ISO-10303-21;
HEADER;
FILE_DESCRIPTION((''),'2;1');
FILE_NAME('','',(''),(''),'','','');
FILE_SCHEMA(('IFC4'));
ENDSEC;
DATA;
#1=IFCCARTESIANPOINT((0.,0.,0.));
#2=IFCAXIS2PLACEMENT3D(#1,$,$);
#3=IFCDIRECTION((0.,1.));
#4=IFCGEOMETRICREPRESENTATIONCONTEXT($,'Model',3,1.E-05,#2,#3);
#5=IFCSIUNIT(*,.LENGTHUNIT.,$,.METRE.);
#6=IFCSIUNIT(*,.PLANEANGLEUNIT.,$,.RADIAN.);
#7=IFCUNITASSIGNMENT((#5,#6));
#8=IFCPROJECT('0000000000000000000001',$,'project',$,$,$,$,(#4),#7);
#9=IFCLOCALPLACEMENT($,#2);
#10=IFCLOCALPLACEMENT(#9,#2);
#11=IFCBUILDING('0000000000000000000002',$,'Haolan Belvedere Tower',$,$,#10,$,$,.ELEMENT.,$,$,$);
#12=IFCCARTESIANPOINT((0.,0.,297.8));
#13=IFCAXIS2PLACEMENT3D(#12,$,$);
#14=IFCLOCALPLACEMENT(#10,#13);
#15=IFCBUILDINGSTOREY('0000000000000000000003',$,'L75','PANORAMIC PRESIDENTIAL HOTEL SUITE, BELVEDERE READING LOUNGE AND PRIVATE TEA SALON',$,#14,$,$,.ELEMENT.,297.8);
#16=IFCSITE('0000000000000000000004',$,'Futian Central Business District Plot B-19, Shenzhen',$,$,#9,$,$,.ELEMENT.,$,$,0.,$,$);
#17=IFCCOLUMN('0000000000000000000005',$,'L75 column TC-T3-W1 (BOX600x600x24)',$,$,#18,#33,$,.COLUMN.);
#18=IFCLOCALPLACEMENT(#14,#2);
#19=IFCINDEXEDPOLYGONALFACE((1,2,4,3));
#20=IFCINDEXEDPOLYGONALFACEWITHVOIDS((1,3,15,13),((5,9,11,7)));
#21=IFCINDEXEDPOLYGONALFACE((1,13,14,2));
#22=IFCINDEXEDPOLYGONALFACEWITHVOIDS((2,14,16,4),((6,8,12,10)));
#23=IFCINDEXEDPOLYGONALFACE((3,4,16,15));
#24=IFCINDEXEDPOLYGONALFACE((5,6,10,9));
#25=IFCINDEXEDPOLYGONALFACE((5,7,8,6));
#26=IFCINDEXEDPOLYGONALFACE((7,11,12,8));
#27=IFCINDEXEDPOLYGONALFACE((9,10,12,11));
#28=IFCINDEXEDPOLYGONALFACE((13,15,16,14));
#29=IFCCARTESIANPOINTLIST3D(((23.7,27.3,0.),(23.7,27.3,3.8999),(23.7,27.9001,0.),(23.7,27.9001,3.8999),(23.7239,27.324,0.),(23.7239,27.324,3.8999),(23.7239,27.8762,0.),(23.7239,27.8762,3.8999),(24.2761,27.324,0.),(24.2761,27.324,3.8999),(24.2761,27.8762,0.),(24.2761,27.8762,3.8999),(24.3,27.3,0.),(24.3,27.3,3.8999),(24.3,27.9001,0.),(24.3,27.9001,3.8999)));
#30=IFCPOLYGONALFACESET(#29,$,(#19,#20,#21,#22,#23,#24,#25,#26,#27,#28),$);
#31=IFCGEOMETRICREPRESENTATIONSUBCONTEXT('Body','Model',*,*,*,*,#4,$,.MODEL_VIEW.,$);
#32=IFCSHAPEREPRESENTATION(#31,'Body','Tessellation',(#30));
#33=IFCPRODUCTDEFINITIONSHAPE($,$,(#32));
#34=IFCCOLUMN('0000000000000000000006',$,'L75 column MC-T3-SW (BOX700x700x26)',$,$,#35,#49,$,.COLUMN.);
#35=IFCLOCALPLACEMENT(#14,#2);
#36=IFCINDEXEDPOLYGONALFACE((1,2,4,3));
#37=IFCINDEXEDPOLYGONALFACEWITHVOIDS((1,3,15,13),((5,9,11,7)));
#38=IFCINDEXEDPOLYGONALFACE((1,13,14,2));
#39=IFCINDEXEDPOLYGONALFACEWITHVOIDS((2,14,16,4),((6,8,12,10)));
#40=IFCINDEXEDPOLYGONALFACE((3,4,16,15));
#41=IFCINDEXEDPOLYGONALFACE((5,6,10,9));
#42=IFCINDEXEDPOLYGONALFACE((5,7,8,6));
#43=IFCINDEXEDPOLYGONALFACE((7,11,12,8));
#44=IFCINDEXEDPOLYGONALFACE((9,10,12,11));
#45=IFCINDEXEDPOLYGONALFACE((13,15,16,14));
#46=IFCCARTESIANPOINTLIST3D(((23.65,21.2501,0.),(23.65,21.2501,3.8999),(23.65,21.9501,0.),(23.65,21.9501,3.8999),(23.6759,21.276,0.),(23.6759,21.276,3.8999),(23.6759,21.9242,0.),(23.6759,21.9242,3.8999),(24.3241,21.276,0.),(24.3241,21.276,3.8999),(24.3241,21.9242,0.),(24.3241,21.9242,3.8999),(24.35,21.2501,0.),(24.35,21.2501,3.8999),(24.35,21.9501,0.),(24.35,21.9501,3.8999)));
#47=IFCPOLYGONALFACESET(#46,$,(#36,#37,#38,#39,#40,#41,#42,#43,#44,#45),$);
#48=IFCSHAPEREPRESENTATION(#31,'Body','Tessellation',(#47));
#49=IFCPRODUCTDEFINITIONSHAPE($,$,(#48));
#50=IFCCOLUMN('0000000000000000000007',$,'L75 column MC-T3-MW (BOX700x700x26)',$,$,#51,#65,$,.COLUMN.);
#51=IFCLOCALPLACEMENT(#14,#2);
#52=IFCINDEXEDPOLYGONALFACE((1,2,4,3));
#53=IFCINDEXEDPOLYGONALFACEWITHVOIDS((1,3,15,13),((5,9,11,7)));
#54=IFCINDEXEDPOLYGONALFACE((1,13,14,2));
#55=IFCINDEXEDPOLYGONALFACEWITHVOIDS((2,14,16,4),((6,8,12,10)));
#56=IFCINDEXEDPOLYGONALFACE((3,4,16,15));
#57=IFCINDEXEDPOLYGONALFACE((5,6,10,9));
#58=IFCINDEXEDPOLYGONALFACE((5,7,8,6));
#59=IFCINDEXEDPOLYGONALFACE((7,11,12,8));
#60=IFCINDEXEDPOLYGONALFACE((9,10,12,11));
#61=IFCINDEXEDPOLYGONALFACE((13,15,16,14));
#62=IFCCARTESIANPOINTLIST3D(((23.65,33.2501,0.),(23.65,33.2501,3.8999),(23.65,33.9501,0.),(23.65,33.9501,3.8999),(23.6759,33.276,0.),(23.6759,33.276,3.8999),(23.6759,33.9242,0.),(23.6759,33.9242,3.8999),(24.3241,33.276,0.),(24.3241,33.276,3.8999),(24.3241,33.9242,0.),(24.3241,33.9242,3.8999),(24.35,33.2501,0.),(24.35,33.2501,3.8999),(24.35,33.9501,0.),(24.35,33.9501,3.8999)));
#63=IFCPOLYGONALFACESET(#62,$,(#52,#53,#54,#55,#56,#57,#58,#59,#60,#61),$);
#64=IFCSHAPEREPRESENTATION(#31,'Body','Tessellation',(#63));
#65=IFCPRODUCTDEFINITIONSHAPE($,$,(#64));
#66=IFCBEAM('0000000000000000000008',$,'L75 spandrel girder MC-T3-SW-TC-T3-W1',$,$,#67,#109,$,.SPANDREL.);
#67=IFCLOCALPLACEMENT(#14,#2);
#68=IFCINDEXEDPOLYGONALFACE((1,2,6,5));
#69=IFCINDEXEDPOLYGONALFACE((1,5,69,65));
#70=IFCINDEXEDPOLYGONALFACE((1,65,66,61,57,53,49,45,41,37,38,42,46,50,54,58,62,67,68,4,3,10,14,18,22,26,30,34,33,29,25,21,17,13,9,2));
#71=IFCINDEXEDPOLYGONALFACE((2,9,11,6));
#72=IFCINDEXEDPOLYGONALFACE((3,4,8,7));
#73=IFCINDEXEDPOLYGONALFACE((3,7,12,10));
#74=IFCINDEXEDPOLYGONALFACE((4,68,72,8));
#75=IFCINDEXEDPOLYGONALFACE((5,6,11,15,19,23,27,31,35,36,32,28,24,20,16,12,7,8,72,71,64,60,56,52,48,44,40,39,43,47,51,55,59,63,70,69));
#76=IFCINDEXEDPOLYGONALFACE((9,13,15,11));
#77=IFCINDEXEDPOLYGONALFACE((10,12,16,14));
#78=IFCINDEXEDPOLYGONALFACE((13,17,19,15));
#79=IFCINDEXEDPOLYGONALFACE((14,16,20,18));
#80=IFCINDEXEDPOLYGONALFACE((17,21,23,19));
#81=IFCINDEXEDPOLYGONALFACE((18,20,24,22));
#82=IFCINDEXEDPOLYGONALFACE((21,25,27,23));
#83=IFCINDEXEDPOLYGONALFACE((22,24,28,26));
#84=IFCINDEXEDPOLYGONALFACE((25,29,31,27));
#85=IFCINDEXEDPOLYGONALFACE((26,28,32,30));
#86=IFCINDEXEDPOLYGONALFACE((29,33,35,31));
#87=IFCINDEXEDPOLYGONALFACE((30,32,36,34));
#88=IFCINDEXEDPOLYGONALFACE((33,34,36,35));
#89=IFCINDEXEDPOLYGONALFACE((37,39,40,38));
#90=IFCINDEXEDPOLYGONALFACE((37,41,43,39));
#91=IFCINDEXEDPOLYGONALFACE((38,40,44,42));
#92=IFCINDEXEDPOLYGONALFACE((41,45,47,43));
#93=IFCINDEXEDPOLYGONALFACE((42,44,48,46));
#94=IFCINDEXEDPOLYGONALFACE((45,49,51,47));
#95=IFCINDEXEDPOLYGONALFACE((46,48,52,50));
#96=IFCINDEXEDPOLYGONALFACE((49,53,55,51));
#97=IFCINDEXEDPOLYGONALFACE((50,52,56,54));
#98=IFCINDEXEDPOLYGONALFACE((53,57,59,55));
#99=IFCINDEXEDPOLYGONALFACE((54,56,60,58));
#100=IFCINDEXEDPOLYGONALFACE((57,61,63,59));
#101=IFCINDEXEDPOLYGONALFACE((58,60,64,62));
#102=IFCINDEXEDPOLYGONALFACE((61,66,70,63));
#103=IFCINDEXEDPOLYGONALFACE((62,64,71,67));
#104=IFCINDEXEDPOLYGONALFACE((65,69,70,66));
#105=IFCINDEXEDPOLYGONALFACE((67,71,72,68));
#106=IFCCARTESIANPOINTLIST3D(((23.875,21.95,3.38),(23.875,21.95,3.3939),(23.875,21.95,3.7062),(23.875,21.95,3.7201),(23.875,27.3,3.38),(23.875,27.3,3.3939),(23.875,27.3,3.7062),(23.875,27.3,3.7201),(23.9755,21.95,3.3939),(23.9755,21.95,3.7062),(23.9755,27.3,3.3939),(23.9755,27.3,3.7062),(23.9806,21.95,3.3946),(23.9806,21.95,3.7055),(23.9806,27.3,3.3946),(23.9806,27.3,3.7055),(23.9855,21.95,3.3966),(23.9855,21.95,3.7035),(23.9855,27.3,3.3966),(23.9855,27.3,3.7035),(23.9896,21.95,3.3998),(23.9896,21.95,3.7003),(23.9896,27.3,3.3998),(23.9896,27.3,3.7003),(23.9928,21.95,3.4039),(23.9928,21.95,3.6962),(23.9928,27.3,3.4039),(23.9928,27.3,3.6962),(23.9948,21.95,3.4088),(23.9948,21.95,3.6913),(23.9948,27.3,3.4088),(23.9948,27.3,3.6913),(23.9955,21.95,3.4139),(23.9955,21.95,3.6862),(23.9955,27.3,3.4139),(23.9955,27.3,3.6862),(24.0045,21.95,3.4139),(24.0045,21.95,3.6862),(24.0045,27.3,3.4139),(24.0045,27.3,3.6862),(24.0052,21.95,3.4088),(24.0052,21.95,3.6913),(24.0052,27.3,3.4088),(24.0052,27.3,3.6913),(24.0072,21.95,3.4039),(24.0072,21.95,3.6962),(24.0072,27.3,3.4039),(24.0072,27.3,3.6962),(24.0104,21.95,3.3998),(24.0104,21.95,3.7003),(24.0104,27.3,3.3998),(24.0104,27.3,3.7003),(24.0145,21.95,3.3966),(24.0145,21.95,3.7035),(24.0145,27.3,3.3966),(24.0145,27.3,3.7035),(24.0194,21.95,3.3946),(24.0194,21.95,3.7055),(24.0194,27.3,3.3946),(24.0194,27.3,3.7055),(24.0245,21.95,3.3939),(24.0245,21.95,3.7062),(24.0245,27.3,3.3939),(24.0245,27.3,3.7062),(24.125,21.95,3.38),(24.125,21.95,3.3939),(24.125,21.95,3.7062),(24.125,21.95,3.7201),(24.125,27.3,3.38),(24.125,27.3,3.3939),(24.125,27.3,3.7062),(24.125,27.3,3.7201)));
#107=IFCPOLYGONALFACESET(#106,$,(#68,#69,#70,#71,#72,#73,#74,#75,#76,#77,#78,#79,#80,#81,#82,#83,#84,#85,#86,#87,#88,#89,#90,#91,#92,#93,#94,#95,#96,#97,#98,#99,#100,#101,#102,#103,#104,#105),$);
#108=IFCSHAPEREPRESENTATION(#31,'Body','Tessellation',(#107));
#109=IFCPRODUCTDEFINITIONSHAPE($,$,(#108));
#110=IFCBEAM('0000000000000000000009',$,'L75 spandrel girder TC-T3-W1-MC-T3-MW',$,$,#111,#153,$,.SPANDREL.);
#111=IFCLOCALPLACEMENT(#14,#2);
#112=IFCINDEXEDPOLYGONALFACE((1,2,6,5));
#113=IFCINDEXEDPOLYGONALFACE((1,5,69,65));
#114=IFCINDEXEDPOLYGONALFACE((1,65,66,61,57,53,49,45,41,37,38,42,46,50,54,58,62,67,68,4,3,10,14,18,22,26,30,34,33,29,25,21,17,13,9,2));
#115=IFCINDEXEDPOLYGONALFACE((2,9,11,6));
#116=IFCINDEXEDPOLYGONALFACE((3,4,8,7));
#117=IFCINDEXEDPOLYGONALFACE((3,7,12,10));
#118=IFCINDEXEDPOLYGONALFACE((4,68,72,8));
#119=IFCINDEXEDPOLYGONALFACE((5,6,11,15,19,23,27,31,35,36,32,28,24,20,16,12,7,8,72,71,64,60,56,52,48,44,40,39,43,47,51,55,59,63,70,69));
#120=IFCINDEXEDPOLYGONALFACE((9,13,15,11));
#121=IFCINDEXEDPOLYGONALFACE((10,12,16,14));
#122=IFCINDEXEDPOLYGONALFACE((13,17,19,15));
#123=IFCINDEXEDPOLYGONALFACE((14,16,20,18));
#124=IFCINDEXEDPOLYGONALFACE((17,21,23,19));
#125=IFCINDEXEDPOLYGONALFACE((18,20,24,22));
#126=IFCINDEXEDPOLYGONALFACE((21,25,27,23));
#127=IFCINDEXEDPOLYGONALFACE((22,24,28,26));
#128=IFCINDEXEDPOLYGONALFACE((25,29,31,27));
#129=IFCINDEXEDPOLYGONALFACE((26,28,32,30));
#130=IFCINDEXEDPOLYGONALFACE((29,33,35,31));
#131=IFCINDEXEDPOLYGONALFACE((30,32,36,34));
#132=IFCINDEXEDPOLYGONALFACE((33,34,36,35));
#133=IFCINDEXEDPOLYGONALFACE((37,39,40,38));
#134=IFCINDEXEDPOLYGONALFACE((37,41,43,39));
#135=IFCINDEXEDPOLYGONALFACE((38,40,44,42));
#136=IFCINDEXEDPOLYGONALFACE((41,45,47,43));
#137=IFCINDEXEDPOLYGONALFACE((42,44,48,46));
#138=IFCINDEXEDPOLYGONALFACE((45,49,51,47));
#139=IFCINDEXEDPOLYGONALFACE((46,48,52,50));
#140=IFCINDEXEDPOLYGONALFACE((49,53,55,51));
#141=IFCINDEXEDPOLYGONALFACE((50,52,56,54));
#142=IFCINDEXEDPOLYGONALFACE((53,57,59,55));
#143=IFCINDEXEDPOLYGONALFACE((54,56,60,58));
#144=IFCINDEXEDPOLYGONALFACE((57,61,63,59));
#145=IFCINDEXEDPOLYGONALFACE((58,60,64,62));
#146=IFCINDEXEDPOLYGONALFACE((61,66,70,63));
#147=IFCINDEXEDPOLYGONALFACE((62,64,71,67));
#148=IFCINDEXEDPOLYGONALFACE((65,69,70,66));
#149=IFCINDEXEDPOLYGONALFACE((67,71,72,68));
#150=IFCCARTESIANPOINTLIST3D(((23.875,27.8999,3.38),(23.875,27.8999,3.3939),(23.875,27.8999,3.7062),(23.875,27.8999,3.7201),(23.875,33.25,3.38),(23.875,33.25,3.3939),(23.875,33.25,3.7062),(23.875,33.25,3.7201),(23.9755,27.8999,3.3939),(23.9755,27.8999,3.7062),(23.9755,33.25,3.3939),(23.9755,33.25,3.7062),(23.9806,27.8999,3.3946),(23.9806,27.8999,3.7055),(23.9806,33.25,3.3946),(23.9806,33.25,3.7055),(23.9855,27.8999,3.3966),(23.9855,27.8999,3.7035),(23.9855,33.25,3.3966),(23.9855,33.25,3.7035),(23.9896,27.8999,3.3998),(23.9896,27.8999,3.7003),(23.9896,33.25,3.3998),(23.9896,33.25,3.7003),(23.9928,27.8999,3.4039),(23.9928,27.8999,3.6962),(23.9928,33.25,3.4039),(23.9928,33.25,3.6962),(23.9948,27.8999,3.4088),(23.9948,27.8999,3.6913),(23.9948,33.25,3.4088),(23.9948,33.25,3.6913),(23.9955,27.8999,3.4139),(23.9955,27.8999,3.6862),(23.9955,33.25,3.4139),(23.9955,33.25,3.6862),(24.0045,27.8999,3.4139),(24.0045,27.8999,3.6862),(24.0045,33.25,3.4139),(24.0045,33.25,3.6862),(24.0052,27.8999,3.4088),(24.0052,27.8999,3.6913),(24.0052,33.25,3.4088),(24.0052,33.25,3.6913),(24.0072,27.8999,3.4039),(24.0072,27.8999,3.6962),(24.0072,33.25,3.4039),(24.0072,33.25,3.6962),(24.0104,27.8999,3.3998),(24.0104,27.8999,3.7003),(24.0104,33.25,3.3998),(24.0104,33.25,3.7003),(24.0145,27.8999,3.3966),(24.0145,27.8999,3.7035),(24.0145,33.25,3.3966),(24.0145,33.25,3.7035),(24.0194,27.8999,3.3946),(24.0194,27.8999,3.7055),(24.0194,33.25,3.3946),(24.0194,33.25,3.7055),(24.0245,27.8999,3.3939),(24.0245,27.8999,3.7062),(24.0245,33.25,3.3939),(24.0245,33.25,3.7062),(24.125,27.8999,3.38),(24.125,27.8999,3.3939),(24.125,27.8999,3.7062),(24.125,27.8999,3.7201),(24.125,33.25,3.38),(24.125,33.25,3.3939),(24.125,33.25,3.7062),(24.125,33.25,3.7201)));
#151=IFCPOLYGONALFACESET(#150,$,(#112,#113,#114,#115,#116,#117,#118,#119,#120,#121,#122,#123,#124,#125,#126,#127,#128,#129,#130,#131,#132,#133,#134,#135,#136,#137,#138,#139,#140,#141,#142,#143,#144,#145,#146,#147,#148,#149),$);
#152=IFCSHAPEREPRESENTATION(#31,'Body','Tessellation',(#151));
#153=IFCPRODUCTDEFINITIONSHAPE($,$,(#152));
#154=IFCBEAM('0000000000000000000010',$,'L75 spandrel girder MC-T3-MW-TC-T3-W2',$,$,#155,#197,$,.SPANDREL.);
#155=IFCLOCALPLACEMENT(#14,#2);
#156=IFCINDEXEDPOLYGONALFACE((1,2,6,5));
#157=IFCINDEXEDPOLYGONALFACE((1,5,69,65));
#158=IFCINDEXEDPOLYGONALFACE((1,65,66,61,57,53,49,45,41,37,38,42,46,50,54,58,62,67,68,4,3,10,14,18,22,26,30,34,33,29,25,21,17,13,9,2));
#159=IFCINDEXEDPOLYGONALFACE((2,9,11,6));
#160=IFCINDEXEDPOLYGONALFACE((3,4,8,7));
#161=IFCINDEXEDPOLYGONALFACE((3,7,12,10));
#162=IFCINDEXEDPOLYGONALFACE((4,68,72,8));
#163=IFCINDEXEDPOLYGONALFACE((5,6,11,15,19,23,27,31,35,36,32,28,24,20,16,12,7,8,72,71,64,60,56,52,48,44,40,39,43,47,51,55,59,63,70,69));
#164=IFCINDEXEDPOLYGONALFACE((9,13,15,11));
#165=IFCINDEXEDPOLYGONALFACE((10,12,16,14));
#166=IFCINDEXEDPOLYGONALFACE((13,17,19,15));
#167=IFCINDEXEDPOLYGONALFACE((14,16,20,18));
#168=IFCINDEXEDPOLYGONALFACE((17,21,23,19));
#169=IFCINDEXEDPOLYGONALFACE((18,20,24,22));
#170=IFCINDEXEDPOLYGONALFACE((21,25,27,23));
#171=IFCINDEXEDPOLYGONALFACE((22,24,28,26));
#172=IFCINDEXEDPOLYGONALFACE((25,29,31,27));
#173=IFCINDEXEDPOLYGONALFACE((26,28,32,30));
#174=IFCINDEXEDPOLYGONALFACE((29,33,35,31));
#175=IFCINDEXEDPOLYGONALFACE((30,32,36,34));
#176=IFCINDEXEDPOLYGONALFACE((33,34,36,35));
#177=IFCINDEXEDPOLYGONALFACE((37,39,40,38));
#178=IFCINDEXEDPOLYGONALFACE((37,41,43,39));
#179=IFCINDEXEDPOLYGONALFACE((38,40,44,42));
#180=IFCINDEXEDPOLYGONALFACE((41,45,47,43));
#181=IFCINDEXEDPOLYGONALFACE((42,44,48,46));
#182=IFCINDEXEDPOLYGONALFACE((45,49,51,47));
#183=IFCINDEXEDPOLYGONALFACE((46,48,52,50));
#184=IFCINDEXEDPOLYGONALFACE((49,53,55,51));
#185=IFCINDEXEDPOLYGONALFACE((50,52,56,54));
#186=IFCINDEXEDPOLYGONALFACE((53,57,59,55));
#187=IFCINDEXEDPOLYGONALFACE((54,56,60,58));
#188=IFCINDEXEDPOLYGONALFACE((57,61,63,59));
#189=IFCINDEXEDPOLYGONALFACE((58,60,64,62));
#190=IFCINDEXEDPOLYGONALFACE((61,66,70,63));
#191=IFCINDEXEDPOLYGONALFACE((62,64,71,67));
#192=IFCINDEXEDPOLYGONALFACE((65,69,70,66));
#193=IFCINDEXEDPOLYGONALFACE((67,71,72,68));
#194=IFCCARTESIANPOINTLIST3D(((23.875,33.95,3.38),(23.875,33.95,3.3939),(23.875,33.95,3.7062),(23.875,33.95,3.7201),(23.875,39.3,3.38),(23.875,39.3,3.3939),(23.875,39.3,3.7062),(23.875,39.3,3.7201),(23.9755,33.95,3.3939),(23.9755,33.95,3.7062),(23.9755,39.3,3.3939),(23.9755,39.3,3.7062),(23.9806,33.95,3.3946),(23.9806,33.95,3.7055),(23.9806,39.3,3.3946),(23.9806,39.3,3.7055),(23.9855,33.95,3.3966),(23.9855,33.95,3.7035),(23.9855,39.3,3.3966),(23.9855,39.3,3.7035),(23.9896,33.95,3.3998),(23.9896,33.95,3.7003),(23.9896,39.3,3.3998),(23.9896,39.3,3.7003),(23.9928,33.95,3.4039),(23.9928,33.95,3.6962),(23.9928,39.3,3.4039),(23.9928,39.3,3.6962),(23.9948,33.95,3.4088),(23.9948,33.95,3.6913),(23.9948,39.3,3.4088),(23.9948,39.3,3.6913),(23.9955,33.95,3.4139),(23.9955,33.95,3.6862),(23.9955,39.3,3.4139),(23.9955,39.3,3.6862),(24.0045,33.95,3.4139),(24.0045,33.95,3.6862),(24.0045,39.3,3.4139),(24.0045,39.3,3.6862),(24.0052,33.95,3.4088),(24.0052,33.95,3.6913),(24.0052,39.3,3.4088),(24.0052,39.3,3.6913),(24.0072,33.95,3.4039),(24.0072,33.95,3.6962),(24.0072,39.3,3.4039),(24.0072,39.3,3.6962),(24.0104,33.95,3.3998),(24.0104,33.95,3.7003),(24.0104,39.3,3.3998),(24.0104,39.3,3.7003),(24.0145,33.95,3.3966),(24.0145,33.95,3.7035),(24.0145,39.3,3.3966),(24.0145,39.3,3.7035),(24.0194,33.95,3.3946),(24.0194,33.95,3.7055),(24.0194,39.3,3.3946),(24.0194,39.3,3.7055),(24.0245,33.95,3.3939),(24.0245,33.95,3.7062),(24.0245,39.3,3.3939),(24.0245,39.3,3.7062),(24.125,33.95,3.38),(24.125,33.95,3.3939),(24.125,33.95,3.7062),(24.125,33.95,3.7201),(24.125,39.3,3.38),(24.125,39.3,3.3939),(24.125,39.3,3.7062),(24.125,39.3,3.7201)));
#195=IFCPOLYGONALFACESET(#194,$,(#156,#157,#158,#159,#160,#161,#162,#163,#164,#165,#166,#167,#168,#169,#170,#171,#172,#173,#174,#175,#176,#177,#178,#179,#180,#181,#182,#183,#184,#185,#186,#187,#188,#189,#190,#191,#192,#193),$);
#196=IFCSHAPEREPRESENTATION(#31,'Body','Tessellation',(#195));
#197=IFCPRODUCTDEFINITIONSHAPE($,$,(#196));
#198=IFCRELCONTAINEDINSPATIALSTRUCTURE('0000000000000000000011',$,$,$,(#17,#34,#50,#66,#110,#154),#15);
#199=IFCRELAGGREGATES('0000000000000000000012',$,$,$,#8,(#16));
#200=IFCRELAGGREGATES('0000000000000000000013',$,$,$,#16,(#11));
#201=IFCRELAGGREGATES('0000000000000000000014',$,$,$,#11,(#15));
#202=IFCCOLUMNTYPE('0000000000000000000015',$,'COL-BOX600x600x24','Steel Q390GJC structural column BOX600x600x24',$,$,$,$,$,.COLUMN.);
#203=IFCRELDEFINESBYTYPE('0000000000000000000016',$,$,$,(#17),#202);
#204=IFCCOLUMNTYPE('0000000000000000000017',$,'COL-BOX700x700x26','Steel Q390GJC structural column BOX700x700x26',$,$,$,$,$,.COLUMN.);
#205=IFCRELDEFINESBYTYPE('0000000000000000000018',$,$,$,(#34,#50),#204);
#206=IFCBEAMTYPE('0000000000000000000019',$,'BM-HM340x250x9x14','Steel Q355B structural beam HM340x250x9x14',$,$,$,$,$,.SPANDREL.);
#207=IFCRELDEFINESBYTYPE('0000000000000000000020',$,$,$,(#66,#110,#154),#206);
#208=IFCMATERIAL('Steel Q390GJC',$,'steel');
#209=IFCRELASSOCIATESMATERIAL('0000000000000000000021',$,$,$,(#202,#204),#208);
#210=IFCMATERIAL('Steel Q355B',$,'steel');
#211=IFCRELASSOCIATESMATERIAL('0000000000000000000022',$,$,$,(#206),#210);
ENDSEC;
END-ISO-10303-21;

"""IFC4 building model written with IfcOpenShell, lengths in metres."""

from ifc_helpers import new_model, si_unit, direction, frame, origin, origin_2d, place, context, subcontext, project, spatial, hollow_rectangle, i_section, extrude, material, material_profile, profile_set, type_object, element, save


model = new_model("IFC4")

# Units and contexts
model_context = context("Model", 3, precision=1e-05, world=origin(), true_north=direction((0.0, 1.0)))
body_context = subcontext(model_context, "Body", "Model", "MODEL_VIEW")
ifc_project = project(units=[si_unit("LENGTHUNIT", "METRE"), si_unit("PLANEANGLEUNIT", "RADIAN")], contexts=[model_context])

# Site, building, storey
site_placement = place(None, origin())
site = spatial("IfcSite", under=ifc_project, at=site_placement, Name="Futian Central Business District Plot B-19, Shenzhen", CompositionType="ELEMENT", RefElevation=0.0)
building_placement = place(site_placement, origin())
building = spatial("IfcBuilding", under=site, at=building_placement, Name="Haolan Belvedere Tower", CompositionType="ELEMENT")
storey_placement = place(building_placement, frame((0.0, 0.0, 297.8)))
storey = spatial("IfcBuildingStorey", under=building, at=storey_placement, Name="L75", Description="PANORAMIC PRESIDENTIAL HOTEL SUITE, BELVEDERE READING LOUNGE AND PRIVATE TEA SALON", CompositionType="ELEMENT", Elevation=297.8)

# Columns
ifc_material_1 = material(Name="Steel Q390GJC", Category="steel")
ifc_material_profile_1 = material_profile(ifc_material_1, hollow_rectangle(XDim=0.6001, YDim=0.6001, WallThickness=0.0239, at=origin_2d()), Name="Steel Q390GJC")
ifc_profile_set_1 = profile_set([ifc_material_profile_1], Name="Steel Q390GJC")
column_type_1 = type_object("IfcColumnType", Name="COL-BOX600x600x24", Description="Steel Q390GJC structural column BOX600x600x24", PredefinedType="COLUMN", material=ifc_profile_set_1)
column_placement = place(storey_placement, frame((24.0, 27.6001, 0.0), z_axis=(0.0, 0.0, 1.0), x_axis=(1.0, 0.0, 0.0)))
element("IfcColumn", 1, at=column_placement, inside=storey, type_object=column_type_1, Name="L75 column TC-T3-W1 (BOX600x600x24)", PredefinedType="COLUMN", context=body_context, shape_type="SweptSolid", body=[
    extrude(hollow_rectangle(XDim=0.6001, YDim=0.6001, WallThickness=0.0239, at=origin_2d()), origin(), (0.0, 0.0, 1.0), 3.8999),
])
ifc_material_profile_2 = material_profile(ifc_material_1, hollow_rectangle(XDim=0.7, YDim=0.7, WallThickness=0.0259, at=origin_2d()), Name="Steel Q390GJC")
ifc_profile_set_2 = profile_set([ifc_material_profile_2], Name="Steel Q390GJC")
column_type_2 = type_object("IfcColumnType", Name="COL-BOX700x700x26", Description="Steel Q390GJC structural column BOX700x700x26", PredefinedType="COLUMN", material=ifc_profile_set_2)
for number, where, z_axis, x_axis, name in (
    (2, (24.0, 21.6001, 0.0), (0.0, 0.0, 1.0), (1.0, 0.0, 0.0), "L75 column MC-T3-SW (BOX700x700x26)"),
    (3, (24.0, 33.6001, 0.0), (0.0, 0.0, 1.0), (1.0, 0.0, 0.0), "L75 column MC-T3-MW (BOX700x700x26)"),
):
    element("IfcColumn", number, at=place(storey_placement, frame(where, z_axis=z_axis, x_axis=x_axis)), inside=storey, type_object=column_type_2, Name=name, PredefinedType="COLUMN", context=body_context, shape_type="SweptSolid", body=[
        extrude(hollow_rectangle(XDim=0.7, YDim=0.7, WallThickness=0.0259, at=origin_2d()), origin(), (0.0, 0.0, 1.0), 3.8999),
    ])

# Beams
ifc_material_2 = material(Name="Steel Q355B", Category="steel")
ifc_material_profile_3 = material_profile(ifc_material_2, i_section(OverallWidth=0.25, OverallDepth=0.3401, WebThickness=0.009, FlangeThickness=0.0139, FilletRadius=0.02, at=origin_2d()), Name="Steel Q355B")
ifc_profile_set_3 = profile_set([ifc_material_profile_3], Name="Steel Q355B")
beam_type_1 = type_object("IfcBeamType", Name="BM-HM340x250x9x14", Description="Steel Q355B structural beam HM340x250x9x14", PredefinedType="SPANDREL", material=ifc_profile_set_3)
for number, where, z_axis, x_axis, name in (
    (4, (24.0, 21.95, 3.55), (0.0, 1.0, 0.0), (-1.0, 0.0, 0.0), "L75 spandrel girder MC-T3-SW-TC-T3-W1"),
    (5, (24.0, 27.8999, 3.55), (0.0, 1.0, 0.0), (-1.0, 0.0, 0.0), "L75 spandrel girder TC-T3-W1-MC-T3-MW"),
    (6, (24.0, 33.95, 3.55), (0.0, 1.0, 0.0), (-1.0, 0.0, 0.0), "L75 spandrel girder MC-T3-MW-TC-T3-W2"),
):
    element("IfcBeam", number, at=place(storey_placement, frame(where, z_axis=z_axis, x_axis=x_axis)), inside=storey, type_object=beam_type_1, Name=name, PredefinedType="SPANDREL", context=body_context, shape_type="SweptSolid", body=[
        extrude(i_section(OverallWidth=0.25, OverallDepth=0.3401, WebThickness=0.009, FlangeThickness=0.0139, FilletRadius=0.02, at=origin_2d()), origin(), (0.0, 0.0, 1.0), 5.3501),
    ])

save(model, "model.ifc")
